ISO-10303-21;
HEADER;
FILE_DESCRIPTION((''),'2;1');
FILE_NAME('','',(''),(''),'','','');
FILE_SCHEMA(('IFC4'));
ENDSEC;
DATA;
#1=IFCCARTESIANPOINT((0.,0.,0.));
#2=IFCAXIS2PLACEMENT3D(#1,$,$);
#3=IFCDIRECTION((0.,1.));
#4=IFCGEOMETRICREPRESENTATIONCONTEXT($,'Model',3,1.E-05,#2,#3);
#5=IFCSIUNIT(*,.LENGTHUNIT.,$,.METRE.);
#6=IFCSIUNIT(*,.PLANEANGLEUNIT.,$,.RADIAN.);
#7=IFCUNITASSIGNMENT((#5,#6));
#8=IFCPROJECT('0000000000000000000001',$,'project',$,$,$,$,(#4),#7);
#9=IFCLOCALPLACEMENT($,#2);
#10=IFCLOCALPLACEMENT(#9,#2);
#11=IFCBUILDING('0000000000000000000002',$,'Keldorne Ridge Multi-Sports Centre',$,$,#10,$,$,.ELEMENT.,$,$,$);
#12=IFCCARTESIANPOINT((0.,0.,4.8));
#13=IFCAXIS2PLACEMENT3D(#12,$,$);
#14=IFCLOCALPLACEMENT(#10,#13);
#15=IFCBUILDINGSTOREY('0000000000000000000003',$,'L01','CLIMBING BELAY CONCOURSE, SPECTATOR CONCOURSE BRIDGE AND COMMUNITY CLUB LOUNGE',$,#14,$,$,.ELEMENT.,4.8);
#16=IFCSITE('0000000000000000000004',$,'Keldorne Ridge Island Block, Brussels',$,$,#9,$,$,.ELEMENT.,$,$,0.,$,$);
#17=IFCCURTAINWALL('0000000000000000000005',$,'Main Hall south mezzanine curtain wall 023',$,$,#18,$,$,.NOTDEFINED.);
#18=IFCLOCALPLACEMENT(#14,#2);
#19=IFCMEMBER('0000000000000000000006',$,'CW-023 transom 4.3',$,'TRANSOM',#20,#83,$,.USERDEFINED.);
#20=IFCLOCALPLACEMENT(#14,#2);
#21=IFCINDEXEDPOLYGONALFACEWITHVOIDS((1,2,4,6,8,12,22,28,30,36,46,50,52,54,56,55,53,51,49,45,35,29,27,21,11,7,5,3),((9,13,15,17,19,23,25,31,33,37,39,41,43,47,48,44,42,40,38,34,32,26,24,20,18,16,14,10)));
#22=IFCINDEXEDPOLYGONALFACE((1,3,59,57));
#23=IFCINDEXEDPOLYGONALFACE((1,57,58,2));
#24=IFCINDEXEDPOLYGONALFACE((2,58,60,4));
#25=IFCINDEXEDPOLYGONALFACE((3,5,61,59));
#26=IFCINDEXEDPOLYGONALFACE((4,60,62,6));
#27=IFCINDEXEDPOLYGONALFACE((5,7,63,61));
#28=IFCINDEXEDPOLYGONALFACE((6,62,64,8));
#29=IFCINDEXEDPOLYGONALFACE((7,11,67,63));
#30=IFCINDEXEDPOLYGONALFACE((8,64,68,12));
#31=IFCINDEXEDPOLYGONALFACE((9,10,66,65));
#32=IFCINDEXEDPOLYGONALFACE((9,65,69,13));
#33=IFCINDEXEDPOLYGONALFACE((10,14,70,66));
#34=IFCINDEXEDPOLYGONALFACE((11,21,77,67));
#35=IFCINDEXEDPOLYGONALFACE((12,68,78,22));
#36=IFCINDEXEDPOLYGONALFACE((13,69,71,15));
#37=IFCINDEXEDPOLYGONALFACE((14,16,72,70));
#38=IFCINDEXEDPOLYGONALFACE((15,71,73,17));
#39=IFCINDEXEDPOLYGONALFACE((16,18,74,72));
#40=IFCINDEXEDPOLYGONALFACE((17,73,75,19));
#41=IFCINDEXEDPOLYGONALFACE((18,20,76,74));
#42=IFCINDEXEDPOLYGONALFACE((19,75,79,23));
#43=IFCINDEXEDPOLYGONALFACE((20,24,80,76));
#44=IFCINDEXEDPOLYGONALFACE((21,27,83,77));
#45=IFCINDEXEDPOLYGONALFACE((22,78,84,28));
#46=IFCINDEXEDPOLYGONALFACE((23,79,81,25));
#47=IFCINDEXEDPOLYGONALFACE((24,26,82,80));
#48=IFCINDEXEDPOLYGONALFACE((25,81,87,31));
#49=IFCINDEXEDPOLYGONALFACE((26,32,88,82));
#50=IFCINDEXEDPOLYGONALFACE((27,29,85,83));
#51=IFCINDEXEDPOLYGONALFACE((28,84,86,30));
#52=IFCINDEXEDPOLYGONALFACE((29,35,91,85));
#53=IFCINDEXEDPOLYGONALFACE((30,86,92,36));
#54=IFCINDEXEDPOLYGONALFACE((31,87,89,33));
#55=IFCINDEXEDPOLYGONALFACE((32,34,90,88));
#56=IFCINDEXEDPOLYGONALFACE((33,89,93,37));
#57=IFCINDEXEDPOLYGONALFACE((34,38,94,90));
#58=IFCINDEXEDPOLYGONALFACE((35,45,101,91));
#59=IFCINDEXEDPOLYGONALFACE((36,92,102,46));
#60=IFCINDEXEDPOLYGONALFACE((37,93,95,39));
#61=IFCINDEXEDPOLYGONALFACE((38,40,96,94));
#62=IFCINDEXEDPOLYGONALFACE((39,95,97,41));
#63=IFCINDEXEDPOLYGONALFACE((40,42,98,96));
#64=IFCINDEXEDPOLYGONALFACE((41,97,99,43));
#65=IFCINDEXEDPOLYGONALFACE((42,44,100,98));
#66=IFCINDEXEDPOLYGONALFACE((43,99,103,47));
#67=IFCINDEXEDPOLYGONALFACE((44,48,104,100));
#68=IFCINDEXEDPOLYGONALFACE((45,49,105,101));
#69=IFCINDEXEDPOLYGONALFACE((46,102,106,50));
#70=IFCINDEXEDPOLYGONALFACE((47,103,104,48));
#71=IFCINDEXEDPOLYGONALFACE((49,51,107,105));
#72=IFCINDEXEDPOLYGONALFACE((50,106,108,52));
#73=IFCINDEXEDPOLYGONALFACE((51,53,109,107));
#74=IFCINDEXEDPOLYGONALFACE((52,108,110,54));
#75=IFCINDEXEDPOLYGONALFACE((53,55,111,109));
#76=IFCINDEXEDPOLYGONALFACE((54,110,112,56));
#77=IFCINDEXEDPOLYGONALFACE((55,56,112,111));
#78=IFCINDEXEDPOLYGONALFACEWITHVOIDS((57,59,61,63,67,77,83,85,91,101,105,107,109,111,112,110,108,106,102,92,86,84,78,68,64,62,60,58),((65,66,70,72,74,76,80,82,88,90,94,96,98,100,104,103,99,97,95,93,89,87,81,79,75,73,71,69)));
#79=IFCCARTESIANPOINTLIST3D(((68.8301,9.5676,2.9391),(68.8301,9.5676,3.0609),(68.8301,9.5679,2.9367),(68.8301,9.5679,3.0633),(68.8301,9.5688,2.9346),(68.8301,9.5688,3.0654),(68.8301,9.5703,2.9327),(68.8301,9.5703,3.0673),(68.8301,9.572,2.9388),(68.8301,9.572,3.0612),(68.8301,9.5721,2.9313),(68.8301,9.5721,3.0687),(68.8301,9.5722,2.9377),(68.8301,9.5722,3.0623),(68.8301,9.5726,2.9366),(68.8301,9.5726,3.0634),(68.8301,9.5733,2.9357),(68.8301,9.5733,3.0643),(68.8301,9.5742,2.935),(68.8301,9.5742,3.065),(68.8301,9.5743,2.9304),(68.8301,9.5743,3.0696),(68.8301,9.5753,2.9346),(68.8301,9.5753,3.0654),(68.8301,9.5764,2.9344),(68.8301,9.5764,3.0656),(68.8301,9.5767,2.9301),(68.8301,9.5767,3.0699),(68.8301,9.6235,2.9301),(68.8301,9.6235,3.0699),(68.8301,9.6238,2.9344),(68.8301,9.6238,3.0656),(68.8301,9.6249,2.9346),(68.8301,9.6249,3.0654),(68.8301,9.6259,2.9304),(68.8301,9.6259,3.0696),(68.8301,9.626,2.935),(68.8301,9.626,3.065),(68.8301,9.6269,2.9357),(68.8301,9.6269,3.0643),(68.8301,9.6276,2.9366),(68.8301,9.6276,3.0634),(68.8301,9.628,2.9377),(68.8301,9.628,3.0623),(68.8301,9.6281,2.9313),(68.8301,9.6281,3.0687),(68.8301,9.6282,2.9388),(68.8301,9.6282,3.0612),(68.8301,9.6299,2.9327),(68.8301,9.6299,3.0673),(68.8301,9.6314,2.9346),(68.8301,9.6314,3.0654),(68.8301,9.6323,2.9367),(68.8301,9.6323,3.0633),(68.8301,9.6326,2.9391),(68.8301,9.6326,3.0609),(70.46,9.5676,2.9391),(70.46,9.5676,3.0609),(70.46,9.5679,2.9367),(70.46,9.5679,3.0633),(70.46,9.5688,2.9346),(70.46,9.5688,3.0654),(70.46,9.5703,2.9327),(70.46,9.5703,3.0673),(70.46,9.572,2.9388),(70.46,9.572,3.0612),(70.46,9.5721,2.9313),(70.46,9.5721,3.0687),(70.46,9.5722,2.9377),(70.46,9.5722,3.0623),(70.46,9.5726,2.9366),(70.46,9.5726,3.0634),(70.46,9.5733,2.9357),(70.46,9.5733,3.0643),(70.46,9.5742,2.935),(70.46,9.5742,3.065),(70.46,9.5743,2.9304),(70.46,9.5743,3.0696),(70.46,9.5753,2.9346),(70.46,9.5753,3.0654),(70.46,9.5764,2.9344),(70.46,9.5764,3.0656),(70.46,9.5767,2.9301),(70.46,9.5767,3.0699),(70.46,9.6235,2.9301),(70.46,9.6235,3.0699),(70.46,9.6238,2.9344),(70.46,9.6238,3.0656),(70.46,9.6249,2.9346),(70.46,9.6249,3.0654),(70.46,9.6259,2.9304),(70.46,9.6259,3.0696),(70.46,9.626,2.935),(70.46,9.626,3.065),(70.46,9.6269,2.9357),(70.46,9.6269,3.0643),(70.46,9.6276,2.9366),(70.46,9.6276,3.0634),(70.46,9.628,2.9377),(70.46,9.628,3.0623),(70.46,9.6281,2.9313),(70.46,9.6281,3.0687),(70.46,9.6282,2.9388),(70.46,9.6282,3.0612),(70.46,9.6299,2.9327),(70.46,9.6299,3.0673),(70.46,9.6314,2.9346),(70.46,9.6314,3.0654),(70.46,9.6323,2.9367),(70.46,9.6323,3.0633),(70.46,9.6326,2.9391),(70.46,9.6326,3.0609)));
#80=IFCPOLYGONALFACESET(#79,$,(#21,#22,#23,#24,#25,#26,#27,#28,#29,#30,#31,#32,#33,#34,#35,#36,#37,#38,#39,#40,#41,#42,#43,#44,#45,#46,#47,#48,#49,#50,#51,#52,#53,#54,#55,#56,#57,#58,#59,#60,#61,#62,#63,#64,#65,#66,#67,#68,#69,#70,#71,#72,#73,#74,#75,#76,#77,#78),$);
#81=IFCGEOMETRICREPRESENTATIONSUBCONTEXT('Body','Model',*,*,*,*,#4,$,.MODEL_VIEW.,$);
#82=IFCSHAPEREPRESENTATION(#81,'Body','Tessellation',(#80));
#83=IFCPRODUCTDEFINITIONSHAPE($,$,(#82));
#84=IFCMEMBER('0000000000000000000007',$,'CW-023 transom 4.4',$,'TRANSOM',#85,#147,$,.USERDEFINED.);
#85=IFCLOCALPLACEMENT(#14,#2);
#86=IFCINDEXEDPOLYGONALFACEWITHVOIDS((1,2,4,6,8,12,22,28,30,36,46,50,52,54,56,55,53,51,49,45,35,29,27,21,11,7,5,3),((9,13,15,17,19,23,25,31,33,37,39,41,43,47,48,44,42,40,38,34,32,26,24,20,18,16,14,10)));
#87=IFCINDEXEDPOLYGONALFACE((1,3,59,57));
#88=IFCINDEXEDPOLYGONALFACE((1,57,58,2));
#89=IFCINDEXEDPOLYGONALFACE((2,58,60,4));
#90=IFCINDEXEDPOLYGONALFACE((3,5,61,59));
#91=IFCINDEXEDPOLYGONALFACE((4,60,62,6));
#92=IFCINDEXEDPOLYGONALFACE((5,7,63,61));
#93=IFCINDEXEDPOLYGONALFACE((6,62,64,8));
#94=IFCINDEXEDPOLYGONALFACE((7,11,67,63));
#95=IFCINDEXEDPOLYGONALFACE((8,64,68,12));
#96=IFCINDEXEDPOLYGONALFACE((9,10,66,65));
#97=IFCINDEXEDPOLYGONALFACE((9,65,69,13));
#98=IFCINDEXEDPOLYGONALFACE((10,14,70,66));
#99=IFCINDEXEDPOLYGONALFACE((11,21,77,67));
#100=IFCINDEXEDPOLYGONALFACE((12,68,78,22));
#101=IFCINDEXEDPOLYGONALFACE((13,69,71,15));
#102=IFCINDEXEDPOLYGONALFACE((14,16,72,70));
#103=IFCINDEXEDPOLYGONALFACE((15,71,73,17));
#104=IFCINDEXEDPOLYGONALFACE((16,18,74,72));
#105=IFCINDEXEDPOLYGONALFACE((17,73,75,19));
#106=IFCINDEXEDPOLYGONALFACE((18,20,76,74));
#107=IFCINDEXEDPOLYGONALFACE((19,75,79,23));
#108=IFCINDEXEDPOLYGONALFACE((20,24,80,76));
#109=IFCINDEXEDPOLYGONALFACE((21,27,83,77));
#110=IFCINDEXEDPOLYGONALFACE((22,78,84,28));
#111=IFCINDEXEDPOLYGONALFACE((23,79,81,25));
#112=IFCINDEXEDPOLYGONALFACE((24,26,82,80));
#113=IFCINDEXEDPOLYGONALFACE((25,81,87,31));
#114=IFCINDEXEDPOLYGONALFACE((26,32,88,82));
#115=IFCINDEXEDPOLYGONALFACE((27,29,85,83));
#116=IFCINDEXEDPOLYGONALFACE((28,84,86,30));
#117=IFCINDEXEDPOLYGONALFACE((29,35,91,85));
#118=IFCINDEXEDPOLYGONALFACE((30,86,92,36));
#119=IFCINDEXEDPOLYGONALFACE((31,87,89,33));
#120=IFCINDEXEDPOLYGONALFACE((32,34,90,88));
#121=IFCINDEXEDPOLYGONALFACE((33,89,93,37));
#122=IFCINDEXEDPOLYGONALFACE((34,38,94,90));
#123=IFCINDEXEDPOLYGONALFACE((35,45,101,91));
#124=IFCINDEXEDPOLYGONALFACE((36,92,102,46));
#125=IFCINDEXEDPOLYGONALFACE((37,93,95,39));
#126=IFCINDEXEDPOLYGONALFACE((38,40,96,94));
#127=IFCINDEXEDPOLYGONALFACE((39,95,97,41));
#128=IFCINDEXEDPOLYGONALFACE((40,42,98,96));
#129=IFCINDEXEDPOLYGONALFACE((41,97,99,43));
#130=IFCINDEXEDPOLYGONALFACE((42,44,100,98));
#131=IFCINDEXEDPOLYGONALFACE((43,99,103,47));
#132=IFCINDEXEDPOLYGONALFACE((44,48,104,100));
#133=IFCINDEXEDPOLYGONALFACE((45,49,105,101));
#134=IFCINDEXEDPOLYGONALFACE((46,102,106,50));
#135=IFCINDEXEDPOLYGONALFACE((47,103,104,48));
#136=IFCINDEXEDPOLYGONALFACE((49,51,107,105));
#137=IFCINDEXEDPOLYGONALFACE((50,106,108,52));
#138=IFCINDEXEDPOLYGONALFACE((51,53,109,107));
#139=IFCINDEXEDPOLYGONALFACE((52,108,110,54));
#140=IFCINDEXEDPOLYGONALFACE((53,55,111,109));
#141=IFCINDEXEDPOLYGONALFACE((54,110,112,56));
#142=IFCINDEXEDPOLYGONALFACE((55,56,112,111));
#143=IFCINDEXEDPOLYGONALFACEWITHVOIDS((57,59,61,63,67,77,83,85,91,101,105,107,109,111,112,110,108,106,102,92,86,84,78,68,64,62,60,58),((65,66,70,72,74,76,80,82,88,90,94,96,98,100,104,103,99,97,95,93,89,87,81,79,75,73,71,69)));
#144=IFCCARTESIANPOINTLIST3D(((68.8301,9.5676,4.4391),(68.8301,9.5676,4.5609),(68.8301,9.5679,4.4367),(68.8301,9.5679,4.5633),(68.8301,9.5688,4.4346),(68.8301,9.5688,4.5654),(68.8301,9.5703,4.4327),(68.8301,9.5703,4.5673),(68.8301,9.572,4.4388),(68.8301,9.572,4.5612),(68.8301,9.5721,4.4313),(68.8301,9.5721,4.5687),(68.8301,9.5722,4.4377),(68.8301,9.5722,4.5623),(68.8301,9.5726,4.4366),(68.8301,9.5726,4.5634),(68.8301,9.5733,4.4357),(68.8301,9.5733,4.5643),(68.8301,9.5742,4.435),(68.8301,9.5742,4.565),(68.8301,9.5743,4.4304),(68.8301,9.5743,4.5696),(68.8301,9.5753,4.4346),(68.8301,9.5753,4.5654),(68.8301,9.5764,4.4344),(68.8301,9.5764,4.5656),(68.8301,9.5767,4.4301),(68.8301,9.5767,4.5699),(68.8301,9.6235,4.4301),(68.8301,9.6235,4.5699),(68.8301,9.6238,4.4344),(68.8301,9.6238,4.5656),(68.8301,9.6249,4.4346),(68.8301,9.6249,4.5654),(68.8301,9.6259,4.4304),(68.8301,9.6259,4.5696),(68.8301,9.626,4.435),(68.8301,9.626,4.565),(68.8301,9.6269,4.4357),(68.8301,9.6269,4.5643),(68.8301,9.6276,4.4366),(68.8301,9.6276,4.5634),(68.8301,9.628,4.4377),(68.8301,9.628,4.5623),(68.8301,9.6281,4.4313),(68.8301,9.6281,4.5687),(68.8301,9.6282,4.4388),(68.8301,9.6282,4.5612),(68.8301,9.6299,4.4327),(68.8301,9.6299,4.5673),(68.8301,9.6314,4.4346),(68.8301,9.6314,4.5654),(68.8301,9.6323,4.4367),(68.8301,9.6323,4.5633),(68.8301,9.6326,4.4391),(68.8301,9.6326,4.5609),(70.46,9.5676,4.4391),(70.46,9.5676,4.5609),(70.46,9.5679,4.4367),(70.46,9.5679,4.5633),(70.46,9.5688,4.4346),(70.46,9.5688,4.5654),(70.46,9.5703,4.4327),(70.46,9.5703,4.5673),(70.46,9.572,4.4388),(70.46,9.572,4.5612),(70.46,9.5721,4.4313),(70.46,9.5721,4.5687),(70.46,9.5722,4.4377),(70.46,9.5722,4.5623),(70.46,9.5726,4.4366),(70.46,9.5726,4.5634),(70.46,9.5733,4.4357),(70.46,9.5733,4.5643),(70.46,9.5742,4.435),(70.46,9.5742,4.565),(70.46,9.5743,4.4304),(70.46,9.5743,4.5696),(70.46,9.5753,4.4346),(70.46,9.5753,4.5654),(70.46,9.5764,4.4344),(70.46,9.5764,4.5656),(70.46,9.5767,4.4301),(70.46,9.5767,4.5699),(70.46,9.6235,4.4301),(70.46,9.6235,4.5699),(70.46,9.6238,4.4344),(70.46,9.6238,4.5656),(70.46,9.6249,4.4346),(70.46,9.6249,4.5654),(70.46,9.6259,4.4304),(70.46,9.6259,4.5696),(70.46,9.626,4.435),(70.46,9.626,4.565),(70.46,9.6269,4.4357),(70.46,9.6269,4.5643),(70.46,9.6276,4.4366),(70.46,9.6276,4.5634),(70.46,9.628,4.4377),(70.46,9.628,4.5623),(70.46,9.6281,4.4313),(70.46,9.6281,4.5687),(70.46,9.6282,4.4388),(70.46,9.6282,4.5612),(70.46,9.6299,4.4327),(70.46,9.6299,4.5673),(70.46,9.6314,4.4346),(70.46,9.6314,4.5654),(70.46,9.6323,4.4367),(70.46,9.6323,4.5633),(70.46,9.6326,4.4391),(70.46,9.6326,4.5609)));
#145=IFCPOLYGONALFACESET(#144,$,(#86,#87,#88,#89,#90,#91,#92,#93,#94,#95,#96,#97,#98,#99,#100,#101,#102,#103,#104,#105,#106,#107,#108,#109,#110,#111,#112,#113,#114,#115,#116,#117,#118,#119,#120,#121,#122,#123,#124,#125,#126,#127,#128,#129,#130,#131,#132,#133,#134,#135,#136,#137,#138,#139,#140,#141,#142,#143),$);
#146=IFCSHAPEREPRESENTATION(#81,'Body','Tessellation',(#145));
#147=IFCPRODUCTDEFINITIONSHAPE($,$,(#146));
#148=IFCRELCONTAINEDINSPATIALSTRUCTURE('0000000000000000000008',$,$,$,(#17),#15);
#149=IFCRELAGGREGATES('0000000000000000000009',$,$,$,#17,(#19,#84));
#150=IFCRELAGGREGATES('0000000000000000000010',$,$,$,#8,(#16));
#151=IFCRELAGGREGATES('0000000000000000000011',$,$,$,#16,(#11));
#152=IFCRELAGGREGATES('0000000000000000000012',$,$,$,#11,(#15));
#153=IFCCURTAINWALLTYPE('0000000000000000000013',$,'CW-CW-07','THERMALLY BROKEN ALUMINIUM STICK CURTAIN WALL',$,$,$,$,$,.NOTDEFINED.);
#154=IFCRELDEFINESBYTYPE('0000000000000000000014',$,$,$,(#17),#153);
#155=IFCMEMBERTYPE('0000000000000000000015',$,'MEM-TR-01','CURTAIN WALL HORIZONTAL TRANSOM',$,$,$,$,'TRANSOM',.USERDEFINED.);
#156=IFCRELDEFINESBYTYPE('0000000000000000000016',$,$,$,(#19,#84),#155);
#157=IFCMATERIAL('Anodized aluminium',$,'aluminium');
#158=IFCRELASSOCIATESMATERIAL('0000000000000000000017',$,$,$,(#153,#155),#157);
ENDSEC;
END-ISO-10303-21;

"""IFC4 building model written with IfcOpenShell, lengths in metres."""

from ifc_helpers import new_model, si_unit, direction, frame, origin, origin_2d, place, context, subcontext, project, spatial, hollow_rectangle, extrude, material, material_profile, profile_set, type_object, element, aggregate, save


model = new_model("IFC4")

# Units and contexts
model_context = context("Model", 3, precision=1e-05, world=origin(), true_north=direction((0.0, 1.0)))
body_context = subcontext(model_context, "Body", "Model", "MODEL_VIEW")
ifc_project = project(units=[si_unit("LENGTHUNIT", "METRE"), si_unit("PLANEANGLEUNIT", "RADIAN")], contexts=[model_context])

# Site, building, storey
site_placement = place(None, origin())
site = spatial("IfcSite", under=ifc_project, at=site_placement, Name="Keldorne Ridge Island Block, Brussels", CompositionType="ELEMENT", RefElevation=0.0)
building_placement = place(site_placement, origin())
building = spatial("IfcBuilding", under=site, at=building_placement, Name="Keldorne Ridge Multi-Sports Centre", CompositionType="ELEMENT")
storey_placement = place(building_placement, frame((0.0, 0.0, 4.8)))
storey = spatial("IfcBuildingStorey", under=building, at=storey_placement, Name="L01", Description="CLIMBING BELAY CONCOURSE, SPECTATOR CONCOURSE BRIDGE AND COMMUNITY CLUB LOUNGE", CompositionType="ELEMENT", Elevation=4.8)

# Curtain wall
ifc_material_1 = material(Name="Anodized aluminium", Category="aluminium")
curtain_wall_type_1 = type_object("IfcCurtainWallType", Name="CW-CW-07", Description="THERMALLY BROKEN ALUMINIUM STICK CURTAIN WALL", PredefinedType="NOTDEFINED", material=ifc_material_1)
curtain_wall_1_placement = place(storey_placement, origin())
curtain_wall_1 = element("IfcCurtainWall", 1, at=curtain_wall_1_placement, inside=storey, type_object=curtain_wall_type_1, Name="Main Hall south mezzanine curtain wall 023", PredefinedType="NOTDEFINED")

# Members
ifc_material_profile_1 = material_profile(ifc_material_1, hollow_rectangle(XDim=0.0649, YDim=0.1399, WallThickness=0.0044, InnerFilletRadius=0.0044, OuterFilletRadius=0.009, at=origin_2d()), Name="ALU TRANSOM 140x65x4.5")
ifc_profile_set_1 = profile_set([ifc_material_profile_1], Name="Anodized aluminium")
member_type_1 = type_object("IfcMemberType", Name="MEM-TR-01", Description="CURTAIN WALL HORIZONTAL TRANSOM", ElementType="TRANSOM", PredefinedType="USERDEFINED", material=ifc_profile_set_1)
member_1_placement = place(storey_placement, frame((68.8301, 9.6001, 3.0), z_axis=(1.0, 0.0, 0.0), x_axis=(0.0, 1.0, 0.0)))
member_1 = element("IfcMember", 2, at=member_1_placement, type_object=member_type_1, Name="CW-023 transom 4.3", ObjectType="TRANSOM", PredefinedType="USERDEFINED", context=body_context, shape_type="SweptSolid", body=[
    extrude(hollow_rectangle(XDim=0.0649, YDim=0.1399, WallThickness=0.0044, InnerFilletRadius=0.0044, OuterFilletRadius=0.009, at=origin_2d()), origin(), (0.0, 0.0, 1.0), 1.6299),
])
member_2_placement = place(storey_placement, frame((68.8301, 9.6001, 4.5), z_axis=(1.0, 0.0, 0.0), x_axis=(0.0, 1.0, 0.0)))
member_2 = element("IfcMember", 3, at=member_2_placement, type_object=member_type_1, Name="CW-023 transom 4.4", ObjectType="TRANSOM", PredefinedType="USERDEFINED", context=body_context, shape_type="SweptSolid", body=[
    extrude(hollow_rectangle(XDim=0.0649, YDim=0.1399, WallThickness=0.0044, InnerFilletRadius=0.0044, OuterFilletRadius=0.009, at=origin_2d()), origin(), (0.0, 0.0, 1.0), 1.6299),
])

aggregate(curtain_wall_1, [member_1, member_2])

save(model, "model.ifc")
